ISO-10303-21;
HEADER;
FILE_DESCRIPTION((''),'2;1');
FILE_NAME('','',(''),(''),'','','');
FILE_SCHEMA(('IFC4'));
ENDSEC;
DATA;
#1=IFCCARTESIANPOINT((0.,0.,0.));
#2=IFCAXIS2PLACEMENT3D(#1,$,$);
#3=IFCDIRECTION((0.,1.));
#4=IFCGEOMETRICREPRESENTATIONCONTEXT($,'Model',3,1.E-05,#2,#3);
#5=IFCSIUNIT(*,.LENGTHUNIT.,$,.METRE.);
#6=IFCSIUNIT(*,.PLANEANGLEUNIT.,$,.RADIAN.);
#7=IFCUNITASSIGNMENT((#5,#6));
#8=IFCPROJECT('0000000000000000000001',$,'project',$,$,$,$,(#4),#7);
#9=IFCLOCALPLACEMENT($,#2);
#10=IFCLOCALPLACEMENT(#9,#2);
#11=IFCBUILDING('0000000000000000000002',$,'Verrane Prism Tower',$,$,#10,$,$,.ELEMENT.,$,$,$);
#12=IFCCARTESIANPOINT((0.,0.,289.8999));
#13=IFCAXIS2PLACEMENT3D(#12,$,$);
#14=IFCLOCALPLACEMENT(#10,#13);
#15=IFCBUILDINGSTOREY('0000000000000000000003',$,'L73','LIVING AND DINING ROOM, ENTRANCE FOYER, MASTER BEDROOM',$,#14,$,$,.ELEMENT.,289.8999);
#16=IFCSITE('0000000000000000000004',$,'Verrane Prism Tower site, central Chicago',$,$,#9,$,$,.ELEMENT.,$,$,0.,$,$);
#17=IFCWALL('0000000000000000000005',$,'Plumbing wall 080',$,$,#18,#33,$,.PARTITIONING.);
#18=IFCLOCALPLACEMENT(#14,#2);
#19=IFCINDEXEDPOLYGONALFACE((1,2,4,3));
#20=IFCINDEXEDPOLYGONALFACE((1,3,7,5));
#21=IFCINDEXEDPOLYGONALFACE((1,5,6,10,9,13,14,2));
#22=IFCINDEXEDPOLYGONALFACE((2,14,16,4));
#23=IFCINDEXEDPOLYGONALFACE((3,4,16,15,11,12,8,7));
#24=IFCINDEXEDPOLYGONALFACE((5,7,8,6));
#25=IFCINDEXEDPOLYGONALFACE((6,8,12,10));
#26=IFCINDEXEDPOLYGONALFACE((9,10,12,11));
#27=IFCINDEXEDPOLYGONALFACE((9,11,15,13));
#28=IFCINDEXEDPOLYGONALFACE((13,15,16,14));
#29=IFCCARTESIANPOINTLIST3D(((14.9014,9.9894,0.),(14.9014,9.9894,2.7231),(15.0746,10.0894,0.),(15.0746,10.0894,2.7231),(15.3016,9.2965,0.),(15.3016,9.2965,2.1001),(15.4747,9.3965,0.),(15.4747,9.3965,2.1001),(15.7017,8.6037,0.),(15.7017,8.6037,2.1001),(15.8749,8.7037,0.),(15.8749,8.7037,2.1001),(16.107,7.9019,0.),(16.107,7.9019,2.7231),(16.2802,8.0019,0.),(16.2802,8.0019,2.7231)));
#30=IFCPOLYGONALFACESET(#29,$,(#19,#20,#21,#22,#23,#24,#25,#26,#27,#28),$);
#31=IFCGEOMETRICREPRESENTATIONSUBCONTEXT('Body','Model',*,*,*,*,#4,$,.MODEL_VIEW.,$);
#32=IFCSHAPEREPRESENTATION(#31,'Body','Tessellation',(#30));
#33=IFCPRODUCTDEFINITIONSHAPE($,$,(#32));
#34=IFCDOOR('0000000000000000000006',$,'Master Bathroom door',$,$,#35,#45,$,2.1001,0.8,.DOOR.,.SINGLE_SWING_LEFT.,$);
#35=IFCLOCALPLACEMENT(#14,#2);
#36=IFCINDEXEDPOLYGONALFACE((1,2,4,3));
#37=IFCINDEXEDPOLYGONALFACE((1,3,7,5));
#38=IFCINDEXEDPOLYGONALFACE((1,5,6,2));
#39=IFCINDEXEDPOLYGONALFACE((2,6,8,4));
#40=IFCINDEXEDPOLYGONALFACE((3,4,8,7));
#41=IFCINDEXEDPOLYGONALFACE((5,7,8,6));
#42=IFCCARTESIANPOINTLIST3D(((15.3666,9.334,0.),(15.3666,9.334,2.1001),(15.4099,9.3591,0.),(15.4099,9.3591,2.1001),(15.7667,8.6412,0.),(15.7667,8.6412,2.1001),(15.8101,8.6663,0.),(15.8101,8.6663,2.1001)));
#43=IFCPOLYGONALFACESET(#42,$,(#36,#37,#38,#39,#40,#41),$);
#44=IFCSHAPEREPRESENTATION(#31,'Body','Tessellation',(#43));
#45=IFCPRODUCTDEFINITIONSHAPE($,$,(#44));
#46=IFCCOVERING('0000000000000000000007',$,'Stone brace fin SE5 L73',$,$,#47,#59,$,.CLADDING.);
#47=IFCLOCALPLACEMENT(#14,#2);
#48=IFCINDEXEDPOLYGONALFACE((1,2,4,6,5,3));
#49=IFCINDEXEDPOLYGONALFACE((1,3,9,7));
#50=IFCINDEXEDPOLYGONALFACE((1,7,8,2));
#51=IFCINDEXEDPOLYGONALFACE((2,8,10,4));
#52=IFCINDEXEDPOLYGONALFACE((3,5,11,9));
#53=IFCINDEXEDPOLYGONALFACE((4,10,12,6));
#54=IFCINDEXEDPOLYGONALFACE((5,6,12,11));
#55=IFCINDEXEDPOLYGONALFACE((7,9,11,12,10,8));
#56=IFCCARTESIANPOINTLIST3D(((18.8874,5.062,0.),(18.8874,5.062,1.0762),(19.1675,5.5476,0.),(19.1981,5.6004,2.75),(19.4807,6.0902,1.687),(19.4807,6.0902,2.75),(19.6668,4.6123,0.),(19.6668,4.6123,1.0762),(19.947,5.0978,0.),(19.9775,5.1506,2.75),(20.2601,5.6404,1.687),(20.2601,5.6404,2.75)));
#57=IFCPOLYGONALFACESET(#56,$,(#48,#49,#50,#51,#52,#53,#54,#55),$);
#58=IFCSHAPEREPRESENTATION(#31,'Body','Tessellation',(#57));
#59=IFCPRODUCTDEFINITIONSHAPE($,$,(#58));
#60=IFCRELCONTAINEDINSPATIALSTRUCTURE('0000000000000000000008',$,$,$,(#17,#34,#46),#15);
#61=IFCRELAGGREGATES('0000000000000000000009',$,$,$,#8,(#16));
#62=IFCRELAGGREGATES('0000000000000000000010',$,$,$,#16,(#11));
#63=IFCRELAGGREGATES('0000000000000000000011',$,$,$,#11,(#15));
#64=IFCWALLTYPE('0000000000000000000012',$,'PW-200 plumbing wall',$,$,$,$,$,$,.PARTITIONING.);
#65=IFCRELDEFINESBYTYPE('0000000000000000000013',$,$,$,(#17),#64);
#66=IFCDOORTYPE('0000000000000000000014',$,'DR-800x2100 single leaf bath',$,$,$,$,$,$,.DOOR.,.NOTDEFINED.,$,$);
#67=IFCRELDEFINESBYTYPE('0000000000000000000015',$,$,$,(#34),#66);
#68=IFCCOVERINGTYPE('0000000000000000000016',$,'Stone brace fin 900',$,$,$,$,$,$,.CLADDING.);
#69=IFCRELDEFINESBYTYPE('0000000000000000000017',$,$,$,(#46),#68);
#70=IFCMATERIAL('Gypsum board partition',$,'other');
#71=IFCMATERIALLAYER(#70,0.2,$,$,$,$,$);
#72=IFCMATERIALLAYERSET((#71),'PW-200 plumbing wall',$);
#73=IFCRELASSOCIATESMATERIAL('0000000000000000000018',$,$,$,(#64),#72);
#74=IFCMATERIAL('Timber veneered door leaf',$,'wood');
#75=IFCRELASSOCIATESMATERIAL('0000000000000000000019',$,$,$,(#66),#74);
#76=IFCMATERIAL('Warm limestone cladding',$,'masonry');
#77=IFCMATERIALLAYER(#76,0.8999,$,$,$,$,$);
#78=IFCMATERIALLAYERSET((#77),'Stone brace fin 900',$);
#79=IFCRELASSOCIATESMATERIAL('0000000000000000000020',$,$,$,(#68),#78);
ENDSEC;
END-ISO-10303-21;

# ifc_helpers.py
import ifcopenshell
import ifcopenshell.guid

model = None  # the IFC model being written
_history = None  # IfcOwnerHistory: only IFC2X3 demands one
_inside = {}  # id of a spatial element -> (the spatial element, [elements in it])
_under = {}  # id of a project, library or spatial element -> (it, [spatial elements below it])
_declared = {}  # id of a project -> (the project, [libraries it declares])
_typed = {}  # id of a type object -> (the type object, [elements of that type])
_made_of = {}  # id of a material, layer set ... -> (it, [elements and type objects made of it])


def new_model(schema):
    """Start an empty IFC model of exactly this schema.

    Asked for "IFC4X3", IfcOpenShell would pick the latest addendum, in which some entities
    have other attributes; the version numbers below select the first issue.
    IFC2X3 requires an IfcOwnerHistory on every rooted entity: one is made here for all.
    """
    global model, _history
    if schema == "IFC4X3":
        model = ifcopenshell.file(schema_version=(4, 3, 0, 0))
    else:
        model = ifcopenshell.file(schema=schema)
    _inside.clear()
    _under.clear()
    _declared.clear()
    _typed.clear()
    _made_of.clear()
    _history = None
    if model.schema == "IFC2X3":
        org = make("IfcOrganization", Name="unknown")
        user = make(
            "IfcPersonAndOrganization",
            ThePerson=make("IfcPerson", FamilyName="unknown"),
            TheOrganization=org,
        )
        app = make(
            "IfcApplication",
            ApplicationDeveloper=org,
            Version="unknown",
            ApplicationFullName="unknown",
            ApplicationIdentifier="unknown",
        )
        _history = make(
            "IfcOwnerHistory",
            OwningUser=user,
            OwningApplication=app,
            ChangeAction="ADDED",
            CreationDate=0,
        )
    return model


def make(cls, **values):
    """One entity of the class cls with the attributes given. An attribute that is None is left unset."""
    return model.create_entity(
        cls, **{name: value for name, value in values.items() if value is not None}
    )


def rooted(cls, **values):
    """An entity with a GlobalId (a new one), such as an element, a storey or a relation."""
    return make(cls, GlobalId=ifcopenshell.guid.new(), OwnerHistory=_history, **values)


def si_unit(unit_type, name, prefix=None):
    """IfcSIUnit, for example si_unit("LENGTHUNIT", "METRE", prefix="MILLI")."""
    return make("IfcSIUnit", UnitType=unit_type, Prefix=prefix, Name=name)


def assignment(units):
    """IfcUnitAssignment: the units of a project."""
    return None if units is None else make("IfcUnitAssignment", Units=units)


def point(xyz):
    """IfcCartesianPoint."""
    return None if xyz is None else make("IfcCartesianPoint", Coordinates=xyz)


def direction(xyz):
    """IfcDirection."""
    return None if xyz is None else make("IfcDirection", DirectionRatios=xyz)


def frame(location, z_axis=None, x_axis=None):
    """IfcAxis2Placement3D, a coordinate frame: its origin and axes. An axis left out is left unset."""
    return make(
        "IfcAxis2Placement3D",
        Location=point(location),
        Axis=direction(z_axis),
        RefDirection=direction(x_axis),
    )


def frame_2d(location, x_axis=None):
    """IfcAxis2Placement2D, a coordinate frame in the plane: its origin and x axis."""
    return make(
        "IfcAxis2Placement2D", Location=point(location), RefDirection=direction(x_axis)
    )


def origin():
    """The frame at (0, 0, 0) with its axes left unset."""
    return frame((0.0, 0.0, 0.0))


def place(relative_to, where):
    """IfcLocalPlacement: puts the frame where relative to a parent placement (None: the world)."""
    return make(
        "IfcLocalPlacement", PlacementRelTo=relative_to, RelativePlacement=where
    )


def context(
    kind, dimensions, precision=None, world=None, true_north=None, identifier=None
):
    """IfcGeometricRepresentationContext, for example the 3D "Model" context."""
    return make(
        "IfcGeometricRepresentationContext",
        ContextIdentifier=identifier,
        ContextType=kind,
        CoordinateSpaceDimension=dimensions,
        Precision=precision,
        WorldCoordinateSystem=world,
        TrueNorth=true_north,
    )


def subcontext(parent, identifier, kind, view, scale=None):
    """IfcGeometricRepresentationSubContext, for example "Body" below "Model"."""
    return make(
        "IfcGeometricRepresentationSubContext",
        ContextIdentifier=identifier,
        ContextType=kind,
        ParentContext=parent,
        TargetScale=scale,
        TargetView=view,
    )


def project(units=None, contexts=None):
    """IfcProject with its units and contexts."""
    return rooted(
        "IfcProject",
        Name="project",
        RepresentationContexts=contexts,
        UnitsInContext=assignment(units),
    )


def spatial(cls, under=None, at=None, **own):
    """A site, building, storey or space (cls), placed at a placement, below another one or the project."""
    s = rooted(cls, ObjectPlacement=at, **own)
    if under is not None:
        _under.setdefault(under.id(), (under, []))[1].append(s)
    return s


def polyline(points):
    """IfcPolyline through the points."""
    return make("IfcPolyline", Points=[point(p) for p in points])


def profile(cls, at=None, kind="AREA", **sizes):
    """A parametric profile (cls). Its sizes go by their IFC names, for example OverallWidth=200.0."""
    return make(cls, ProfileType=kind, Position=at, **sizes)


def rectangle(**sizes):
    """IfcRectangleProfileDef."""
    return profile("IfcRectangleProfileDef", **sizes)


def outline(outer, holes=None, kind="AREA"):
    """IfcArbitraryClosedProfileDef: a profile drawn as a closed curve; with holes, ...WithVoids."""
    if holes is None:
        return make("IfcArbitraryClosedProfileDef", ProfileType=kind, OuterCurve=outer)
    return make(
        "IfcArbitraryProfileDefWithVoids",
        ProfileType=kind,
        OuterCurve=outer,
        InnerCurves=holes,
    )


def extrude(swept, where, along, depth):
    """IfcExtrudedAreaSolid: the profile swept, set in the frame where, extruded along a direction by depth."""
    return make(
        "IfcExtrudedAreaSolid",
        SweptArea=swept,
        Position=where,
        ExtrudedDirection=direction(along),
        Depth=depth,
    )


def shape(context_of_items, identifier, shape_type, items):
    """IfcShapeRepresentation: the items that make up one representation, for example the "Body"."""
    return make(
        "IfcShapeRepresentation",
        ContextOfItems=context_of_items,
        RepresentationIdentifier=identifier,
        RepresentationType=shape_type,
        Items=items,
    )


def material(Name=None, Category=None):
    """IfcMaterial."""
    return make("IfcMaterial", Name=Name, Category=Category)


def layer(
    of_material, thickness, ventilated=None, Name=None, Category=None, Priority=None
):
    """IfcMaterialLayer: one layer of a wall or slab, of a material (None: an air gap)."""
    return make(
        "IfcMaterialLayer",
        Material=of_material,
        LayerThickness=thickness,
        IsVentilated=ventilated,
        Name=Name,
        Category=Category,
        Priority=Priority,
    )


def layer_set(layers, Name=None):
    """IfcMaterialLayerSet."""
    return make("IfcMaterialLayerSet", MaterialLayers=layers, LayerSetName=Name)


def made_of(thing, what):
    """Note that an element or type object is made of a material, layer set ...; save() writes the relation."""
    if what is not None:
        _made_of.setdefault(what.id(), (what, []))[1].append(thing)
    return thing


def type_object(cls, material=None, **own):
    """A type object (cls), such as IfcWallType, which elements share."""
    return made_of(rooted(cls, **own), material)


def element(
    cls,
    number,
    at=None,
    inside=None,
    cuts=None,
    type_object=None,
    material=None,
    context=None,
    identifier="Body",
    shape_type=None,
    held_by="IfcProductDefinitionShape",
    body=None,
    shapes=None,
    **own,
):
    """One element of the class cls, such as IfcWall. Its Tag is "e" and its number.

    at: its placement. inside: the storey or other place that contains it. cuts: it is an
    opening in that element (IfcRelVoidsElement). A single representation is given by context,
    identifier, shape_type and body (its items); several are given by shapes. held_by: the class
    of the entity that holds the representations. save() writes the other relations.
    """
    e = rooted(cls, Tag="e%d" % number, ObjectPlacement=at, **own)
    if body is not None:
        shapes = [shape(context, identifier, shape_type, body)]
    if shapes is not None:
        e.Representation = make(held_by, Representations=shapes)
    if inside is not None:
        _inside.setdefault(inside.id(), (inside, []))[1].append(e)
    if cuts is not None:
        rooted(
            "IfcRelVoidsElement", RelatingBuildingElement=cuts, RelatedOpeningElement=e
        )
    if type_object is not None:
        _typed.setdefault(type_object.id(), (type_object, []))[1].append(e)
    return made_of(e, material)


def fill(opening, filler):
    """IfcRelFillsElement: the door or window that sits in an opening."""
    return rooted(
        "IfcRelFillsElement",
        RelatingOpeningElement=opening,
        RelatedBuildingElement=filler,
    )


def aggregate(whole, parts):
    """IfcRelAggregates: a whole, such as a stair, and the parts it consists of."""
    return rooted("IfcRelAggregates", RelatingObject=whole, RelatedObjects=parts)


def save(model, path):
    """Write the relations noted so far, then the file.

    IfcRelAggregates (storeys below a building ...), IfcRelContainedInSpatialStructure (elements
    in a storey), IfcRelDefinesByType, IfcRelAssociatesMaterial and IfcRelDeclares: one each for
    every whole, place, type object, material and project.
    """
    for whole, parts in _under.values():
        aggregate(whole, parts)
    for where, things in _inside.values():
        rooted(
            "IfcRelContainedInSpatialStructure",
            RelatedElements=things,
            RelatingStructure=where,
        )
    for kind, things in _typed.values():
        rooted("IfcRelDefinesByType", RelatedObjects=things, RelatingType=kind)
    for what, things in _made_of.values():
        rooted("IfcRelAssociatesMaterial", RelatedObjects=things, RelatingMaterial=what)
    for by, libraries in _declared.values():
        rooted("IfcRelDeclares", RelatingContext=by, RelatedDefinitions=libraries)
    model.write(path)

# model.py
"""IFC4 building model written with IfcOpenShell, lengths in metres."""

from ifc_helpers import new_model, si_unit, direction, frame, frame_2d, origin, place, context, subcontext, project, spatial, polyline, rectangle, outline, extrude, material, layer, layer_set, type_object, element, fill, save


model = new_model("IFC4")

# Units and contexts
model_context = context("Model", 3, precision=1e-05, world=origin(), true_north=direction((0.0, 1.0)))
body_context = subcontext(model_context, "Body", "Model", "MODEL_VIEW")
ifc_project = project(units=[si_unit("LENGTHUNIT", "METRE"), si_unit("PLANEANGLEUNIT", "RADIAN")], contexts=[model_context])

# Site, building, storey
site_placement = place(None, origin())
site = spatial("IfcSite", under=ifc_project, at=site_placement, Name="Verrane Prism Tower site, central Chicago", CompositionType="ELEMENT", RefElevation=0.0)
building_placement = place(site_placement, origin())
building = spatial("IfcBuilding", under=site, at=building_placement, Name="Verrane Prism Tower", CompositionType="ELEMENT")
storey_placement = place(building_placement, frame((0.0, 0.0, 289.8999)))
storey = spatial("IfcBuildingStorey", under=building, at=storey_placement, Name="L73", Description="LIVING AND DINING ROOM, ENTRANCE FOYER, MASTER BEDROOM", CompositionType="ELEMENT", Elevation=289.8999)

# Shared definitions
ifc_material_1 = material(Name="Gypsum board partition", Category="other")
ifc_layer_1 = layer(ifc_material_1, 0.2)
ifc_layer_set_1 = layer_set([ifc_layer_1], Name="PW-200 plumbing wall")
wall_type_1 = type_object("IfcWallType", Name="PW-200 plumbing wall", PredefinedType="PARTITIONING", material=ifc_layer_set_1)

# Wall, opening, door
wall_1_placement = place(storey_placement, frame((16.1936, 7.9519, 0.0), z_axis=(0.0, 0.0, 1.0), x_axis=(-0.500126, 0.865953, 0.0)))
wall_1 = element("IfcWall", 1, at=wall_1_placement, inside=storey, type_object=wall_type_1, Name="Plumbing wall 080", PredefinedType="PARTITIONING", context=body_context, shape_type="SweptSolid", body=[
    extrude(rectangle(XDim=2.4106, YDim=0.2, at=frame_2d((1.2053, 0.0))), origin(), (0.0, 0.0, 1.0), 2.7231),
])
opening_1_placement = place(wall_1_placement, frame((0.8105, 0.0, 0.0)))
opening_1 = element("IfcOpeningElement", 2, at=opening_1_placement, cuts=wall_1, PredefinedType="OPENING", context=body_context, shape_type="SweptSolid", body=[
    extrude(rectangle(XDim=0.8, YDim=2.1001, at=frame_2d((0.3999, 1.05))), frame((0.0, 0.1099, 0.0), z_axis=(0.0, -1.0, 0.0), x_axis=(1.0, 0.0, 0.0)), (0.0, 0.0, 1.0), 0.22),
])
ifc_material_2 = material(Name="Timber veneered door leaf", Category="wood")
door_type_1 = type_object("IfcDoorType", Name="DR-800x2100 single leaf bath", OperationType="NOTDEFINED", PredefinedType="DOOR", material=ifc_material_2)
door_1_placement = place(opening_1_placement, origin())
door_1 = element("IfcDoor", 3, at=door_1_placement, inside=storey, type_object=door_type_1, Name="Master Bathroom door", OperationType="SINGLE_SWING_LEFT", OverallHeight=2.1001, OverallWidth=0.8, PredefinedType="DOOR", context=body_context, shape_type="SweptSolid", body=[
    extrude(rectangle(XDim=0.8, YDim=2.1001, at=frame_2d((0.3999, 1.05))), frame((0.0, 0.0249, 0.0), z_axis=(0.0, -1.0, 0.0), x_axis=(1.0, 0.0, 0.0)), (0.0, 0.0, 1.0), 0.05),
])
fill(opening_1, door_1)

# Covering
ifc_material_3 = material(Name="Warm limestone cladding", Category="masonry")
ifc_layer_2 = layer(ifc_material_3, 0.8999)
ifc_layer_set_2 = layer_set([ifc_layer_2], Name="Stone brace fin 900")
covering_type = type_object("IfcCoveringType", Name="Stone brace fin 900", PredefinedType="CLADDING", material=ifc_layer_set_2)
covering_placement = place(storey_placement, frame((19.2771, 4.8372, 0.0), z_axis=(0.0, 0.0, 1.0), x_axis=(0.499811, 0.866134, 0.0)))
element("IfcCovering", 4, at=covering_placement, inside=storey, type_object=covering_type, Name="Stone brace fin SE5 L73", PredefinedType="CLADDING", context=body_context, shape_type="SweptSolid", body=[
    extrude(outline(polyline([(1.187, 2.75), (0.6216, 2.75), (0.0, 1.0762), (0.0, 0.0), (0.5605, 0.0), (1.187, 1.687), (1.187, 2.75)])), frame((0.0, 0.45, 0.0), z_axis=(0.0, -1.0, 0.0), x_axis=(1.0, 0.0, 0.0)), (0.0, 0.0, 1.0), 0.8999),
])

save(model, "model.ifc")
